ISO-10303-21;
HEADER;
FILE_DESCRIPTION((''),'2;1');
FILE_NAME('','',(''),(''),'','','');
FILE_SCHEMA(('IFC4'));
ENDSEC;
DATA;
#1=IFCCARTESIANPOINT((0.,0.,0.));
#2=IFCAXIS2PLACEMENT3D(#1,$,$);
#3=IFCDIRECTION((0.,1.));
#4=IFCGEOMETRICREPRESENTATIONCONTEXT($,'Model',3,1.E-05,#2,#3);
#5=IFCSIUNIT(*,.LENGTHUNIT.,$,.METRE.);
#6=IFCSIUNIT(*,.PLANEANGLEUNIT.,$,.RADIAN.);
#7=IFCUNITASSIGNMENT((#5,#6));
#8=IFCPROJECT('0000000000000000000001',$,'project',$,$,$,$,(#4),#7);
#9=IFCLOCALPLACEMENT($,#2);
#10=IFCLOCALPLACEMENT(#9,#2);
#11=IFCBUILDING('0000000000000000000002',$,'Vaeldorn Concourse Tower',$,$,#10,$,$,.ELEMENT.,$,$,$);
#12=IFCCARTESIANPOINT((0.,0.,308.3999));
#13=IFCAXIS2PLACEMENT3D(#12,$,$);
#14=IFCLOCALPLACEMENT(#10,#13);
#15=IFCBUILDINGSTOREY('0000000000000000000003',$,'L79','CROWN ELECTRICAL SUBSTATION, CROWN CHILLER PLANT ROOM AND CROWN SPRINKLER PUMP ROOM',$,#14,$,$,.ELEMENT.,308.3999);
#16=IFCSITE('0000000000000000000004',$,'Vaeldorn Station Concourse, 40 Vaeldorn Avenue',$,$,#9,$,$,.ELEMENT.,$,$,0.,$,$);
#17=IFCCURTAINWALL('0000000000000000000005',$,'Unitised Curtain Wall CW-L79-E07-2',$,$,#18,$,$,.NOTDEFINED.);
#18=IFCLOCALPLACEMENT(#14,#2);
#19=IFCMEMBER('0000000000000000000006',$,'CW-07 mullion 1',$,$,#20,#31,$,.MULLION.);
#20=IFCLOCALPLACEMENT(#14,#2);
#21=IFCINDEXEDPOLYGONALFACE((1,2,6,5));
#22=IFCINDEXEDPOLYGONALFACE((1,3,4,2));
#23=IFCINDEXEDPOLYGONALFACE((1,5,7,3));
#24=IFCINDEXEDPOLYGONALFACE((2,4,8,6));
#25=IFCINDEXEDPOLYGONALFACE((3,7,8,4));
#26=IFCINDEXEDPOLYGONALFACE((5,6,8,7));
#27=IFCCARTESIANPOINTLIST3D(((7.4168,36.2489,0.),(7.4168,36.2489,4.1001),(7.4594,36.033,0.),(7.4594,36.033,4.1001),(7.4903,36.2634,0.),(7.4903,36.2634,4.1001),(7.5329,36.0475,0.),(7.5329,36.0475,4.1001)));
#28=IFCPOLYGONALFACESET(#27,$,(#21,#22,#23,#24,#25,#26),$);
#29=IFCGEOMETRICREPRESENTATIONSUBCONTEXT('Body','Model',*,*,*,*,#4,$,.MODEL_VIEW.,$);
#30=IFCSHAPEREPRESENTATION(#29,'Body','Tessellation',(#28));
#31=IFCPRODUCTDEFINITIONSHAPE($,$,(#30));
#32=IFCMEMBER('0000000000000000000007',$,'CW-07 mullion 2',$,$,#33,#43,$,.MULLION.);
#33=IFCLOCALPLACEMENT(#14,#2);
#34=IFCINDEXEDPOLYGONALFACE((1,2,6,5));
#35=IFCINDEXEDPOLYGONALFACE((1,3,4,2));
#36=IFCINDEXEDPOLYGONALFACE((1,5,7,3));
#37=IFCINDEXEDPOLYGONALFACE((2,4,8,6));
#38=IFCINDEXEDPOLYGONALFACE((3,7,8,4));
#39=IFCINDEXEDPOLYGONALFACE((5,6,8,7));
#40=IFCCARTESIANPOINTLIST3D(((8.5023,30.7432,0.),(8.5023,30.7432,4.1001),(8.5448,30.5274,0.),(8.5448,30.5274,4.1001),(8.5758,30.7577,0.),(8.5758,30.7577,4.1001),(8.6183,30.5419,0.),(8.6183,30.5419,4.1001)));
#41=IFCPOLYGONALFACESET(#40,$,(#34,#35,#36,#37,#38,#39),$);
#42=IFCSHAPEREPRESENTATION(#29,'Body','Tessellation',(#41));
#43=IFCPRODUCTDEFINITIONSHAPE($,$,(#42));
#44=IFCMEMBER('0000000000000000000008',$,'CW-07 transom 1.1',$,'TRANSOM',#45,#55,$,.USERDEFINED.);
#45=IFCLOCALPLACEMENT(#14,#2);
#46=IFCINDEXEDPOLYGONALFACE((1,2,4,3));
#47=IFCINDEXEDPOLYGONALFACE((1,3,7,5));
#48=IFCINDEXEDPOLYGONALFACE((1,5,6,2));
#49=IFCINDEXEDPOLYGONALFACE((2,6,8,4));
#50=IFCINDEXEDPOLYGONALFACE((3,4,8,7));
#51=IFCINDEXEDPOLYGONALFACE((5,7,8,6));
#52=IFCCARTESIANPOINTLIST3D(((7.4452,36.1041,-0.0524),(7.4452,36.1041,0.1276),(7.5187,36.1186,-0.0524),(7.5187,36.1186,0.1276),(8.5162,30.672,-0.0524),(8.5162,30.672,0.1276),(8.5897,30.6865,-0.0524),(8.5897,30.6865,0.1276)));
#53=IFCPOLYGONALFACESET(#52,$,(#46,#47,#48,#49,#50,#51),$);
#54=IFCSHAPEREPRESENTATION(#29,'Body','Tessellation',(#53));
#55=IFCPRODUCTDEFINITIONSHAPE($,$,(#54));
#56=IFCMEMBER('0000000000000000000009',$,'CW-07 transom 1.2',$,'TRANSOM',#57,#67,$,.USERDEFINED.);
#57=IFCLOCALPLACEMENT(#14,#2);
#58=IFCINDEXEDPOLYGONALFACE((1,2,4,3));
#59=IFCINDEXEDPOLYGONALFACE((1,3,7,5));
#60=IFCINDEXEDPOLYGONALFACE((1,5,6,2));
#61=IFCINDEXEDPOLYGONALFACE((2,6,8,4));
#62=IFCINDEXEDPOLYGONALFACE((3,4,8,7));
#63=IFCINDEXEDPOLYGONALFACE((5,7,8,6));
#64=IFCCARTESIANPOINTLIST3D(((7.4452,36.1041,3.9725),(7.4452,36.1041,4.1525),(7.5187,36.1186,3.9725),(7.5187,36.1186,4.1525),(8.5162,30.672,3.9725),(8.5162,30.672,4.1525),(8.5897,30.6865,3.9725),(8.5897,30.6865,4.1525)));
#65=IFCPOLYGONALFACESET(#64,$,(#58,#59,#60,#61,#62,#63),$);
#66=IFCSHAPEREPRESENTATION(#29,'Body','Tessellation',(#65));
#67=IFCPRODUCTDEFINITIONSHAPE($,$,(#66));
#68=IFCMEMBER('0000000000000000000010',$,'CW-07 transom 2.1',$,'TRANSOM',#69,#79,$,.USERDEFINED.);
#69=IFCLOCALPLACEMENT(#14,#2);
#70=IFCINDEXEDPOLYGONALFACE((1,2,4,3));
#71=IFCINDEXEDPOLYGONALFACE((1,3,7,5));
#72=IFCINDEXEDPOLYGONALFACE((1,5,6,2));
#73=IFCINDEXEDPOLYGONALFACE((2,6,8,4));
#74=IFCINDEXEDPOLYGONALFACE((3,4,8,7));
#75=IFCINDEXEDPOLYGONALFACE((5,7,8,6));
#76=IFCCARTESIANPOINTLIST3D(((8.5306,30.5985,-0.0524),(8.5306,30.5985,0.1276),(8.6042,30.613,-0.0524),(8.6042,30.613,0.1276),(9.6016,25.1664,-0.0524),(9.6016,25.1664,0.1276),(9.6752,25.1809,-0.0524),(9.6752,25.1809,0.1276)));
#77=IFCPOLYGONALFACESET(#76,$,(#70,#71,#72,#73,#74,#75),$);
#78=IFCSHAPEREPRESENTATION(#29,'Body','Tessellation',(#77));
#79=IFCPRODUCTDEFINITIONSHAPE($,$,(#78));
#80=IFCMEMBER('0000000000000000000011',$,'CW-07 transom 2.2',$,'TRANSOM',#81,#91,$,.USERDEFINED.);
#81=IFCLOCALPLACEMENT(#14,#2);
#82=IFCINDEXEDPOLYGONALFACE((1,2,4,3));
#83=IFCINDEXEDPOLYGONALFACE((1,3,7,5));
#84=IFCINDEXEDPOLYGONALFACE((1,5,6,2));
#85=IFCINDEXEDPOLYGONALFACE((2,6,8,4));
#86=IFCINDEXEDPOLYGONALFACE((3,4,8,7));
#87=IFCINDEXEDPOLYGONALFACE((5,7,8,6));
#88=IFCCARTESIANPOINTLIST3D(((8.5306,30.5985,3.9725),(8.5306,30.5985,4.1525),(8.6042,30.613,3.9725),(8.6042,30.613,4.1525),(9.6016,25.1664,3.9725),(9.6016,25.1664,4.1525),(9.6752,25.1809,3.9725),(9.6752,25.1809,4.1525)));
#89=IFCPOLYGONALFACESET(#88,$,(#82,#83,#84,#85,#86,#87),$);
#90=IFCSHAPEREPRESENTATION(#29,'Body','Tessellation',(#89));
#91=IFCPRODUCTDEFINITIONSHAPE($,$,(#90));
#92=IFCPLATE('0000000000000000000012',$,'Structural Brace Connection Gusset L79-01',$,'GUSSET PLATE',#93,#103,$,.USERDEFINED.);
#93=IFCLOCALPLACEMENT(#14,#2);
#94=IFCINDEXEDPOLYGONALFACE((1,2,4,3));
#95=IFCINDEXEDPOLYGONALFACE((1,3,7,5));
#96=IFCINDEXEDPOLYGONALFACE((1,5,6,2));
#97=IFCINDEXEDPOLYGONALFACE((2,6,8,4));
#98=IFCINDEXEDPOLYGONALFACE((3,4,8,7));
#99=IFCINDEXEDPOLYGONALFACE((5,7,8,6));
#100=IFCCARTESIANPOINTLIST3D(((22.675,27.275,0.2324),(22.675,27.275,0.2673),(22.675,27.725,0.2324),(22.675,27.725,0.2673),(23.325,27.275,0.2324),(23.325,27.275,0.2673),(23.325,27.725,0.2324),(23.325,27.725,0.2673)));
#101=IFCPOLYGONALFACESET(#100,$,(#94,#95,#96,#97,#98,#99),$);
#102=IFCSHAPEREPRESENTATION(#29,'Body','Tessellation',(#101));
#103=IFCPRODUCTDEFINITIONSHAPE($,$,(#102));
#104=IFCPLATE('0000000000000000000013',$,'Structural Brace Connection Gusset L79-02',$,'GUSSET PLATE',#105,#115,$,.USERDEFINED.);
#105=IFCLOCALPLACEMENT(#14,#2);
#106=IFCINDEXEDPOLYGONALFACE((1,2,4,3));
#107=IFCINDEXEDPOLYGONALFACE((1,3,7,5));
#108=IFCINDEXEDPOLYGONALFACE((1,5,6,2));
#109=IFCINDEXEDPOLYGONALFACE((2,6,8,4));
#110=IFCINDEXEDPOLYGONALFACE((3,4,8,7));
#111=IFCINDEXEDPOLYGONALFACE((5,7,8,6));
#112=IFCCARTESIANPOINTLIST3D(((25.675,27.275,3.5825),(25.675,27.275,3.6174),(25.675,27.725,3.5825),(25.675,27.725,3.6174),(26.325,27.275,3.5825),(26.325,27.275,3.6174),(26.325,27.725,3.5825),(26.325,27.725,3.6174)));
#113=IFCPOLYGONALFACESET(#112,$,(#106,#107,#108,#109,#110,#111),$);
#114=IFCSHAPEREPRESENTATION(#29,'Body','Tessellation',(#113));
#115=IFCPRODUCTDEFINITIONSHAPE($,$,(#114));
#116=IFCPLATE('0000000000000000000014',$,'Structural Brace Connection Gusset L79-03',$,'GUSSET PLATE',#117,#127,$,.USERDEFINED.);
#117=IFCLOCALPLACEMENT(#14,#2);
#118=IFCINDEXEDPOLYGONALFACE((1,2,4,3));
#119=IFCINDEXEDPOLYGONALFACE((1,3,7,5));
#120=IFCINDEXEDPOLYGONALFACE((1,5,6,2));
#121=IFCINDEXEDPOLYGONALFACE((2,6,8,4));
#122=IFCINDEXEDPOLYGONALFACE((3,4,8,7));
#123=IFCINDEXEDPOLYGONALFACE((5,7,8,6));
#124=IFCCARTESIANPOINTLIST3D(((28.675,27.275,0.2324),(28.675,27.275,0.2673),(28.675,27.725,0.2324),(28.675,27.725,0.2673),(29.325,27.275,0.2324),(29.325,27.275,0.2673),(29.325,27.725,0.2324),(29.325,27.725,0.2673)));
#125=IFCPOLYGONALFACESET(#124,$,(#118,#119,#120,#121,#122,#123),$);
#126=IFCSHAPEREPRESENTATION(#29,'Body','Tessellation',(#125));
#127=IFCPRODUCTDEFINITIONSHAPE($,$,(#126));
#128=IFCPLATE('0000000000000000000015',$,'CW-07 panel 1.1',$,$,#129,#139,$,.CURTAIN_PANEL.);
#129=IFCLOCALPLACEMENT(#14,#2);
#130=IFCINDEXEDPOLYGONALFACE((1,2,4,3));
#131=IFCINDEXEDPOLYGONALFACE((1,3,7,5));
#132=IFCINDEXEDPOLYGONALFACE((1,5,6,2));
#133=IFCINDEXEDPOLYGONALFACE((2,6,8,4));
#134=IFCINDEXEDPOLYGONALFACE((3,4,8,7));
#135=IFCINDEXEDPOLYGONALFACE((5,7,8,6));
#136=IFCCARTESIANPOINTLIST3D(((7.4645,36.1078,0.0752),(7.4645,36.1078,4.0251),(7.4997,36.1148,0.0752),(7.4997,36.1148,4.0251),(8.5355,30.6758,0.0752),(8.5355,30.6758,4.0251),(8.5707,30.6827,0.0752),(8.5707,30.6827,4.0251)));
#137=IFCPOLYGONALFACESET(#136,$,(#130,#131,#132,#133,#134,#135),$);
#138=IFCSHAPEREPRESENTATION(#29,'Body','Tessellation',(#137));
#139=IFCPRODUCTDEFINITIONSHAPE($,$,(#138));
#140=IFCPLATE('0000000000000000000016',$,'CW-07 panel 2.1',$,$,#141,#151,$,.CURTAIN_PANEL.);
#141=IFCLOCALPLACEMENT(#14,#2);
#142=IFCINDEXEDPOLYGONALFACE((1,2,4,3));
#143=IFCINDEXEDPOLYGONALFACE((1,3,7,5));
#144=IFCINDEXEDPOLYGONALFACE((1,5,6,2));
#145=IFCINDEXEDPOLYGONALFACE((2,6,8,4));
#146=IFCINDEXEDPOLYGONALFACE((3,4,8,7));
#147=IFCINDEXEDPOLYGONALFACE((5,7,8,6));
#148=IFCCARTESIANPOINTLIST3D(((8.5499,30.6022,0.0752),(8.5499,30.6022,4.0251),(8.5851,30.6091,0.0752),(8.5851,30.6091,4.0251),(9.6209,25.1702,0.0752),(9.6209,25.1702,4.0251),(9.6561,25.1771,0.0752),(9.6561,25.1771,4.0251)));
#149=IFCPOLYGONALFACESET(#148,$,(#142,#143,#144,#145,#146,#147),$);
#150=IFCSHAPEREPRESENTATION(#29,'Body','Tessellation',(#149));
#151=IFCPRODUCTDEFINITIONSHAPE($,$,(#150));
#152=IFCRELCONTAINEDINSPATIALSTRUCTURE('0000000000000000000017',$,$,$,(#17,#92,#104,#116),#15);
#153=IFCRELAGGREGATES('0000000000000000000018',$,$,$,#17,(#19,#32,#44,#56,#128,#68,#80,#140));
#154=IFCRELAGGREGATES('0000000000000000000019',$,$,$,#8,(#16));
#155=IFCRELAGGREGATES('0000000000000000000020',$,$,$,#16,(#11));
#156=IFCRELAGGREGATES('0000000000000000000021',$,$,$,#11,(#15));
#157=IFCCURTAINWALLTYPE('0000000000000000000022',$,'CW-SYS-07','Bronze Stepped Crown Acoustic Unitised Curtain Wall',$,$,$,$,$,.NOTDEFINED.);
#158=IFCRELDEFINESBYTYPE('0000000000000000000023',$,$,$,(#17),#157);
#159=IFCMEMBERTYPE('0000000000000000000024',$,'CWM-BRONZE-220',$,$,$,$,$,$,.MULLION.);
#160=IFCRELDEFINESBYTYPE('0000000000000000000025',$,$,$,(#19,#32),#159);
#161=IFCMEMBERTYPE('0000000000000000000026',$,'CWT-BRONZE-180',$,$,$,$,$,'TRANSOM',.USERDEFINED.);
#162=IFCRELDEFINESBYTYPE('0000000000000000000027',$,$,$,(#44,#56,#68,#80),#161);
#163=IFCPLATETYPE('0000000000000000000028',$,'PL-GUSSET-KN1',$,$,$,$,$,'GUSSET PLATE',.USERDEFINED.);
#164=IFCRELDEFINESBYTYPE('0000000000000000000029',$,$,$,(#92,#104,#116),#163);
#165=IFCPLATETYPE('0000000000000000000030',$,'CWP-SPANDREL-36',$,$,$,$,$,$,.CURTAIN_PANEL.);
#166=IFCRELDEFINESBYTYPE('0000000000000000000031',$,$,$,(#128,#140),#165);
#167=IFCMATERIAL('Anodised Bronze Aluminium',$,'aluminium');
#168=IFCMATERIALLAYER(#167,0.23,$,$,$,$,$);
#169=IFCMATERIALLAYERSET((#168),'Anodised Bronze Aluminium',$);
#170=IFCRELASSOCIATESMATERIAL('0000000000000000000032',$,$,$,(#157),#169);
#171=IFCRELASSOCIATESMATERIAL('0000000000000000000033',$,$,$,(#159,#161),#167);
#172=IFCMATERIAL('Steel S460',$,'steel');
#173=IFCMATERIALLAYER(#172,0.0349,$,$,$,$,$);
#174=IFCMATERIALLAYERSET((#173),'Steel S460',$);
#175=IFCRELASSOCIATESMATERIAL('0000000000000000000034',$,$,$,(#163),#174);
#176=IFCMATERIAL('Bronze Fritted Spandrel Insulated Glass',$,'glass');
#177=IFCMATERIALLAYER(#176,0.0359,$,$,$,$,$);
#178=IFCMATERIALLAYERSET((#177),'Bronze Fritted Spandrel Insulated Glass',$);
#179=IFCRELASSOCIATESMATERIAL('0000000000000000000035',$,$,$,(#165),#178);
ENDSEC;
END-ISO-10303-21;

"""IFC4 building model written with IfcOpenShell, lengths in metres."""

from ifc_helpers import new_model, si_unit, direction, frame, origin, origin_2d, place, context, subcontext, project, spatial, rectangle, extrude, source, transform, mapped, material, layer, layer_set, material_profile, profile_set, type_object, element, aggregate, save


model = new_model("IFC4")

# Units and contexts
model_context = context("Model", 3, precision=1e-05, world=origin(), true_north=direction((0.0, 1.0)))
body_context = subcontext(model_context, "Body", "Model", "MODEL_VIEW")
ifc_project = project(units=[si_unit("LENGTHUNIT", "METRE"), si_unit("PLANEANGLEUNIT", "RADIAN")], contexts=[model_context])

# Site, building, storey
site_placement = place(None, origin())
site = spatial("IfcSite", under=ifc_project, at=site_placement, Name="Vaeldorn Station Concourse, 40 Vaeldorn Avenue", CompositionType="ELEMENT", RefElevation=0.0)
building_placement = place(site_placement, origin())
building = spatial("IfcBuilding", under=site, at=building_placement, Name="Vaeldorn Concourse Tower", CompositionType="ELEMENT")
storey_placement = place(building_placement, frame((0.0, 0.0, 308.3999)))
storey = spatial("IfcBuildingStorey", under=building, at=storey_placement, Name="L79", Description="CROWN ELECTRICAL SUBSTATION, CROWN CHILLER PLANT ROOM AND CROWN SPRINKLER PUMP ROOM", CompositionType="ELEMENT", Elevation=308.3999)

# Shared definitions
ifc_material_1 = material(Name="Steel S460", Category="steel")

# Curtain wall, members
ifc_material_2 = material(Name="Anodised Bronze Aluminium", Category="aluminium")
ifc_layer_1 = layer(ifc_material_2, 0.23)
ifc_layer_set_1 = layer_set([ifc_layer_1], Name="Anodised Bronze Aluminium")
curtain_wall_type = type_object("IfcCurtainWallType", Name="CW-SYS-07", Description="Bronze Stepped Crown Acoustic Unitised Curtain Wall", PredefinedType="NOTDEFINED", material=ifc_layer_set_1)
curtain_wall_placement = place(storey_placement, origin())
curtain_wall = element("IfcCurtainWall", 1, at=curtain_wall_placement, inside=storey, type_object=curtain_wall_type, Name="Unitised Curtain Wall CW-L79-E07-2", PredefinedType="NOTDEFINED")
ifc_material_profile_1 = material_profile(ifc_material_2, rectangle(XDim=0.075, YDim=0.22, at=origin_2d()), Name="CWM 75x220")
ifc_profile_set_1 = profile_set([ifc_material_profile_1], Name="Anodised Bronze Aluminium")
member_type_1 = type_object("IfcMemberType", Name="CWM-BRONZE-220", PredefinedType="MULLION", material=ifc_profile_set_1)
shared_shape_1 = source(origin(), body_context, "Body", "SweptSolid", [
    extrude(rectangle(XDim=0.075, YDim=0.22, at=origin_2d()), origin(), (0.0, 0.0, 1.0), 4.1001),
])
member_1_placement = place(storey_placement, frame((7.4749, 36.1482, 0.0), z_axis=(0.0, 0.0, 1.0), x_axis=(0.981113, 0.193435, 0.0)))
member_1 = element("IfcMember", 2, at=member_1_placement, type_object=member_type_1, Name="CW-07 mullion 1", PredefinedType="MULLION", context=body_context, shape_type="MappedRepresentation", body=[
    mapped(shared_shape_1, transform((0.0, 0.0, 0.0), scale=1.0)),
])
member_2_placement = place(storey_placement, frame((8.5603, 30.6426, 0.0), z_axis=(0.0, 0.0, 1.0), x_axis=(0.981113, 0.193435, 0.0)))
member_2 = element("IfcMember", 3, at=member_2_placement, type_object=member_type_1, Name="CW-07 mullion 2", PredefinedType="MULLION", context=body_context, shape_type="MappedRepresentation", body=[
    mapped(shared_shape_1, transform((0.0, 0.0, 0.0), scale=1.0)),
])
ifc_material_profile_2 = material_profile(ifc_material_2, rectangle(XDim=0.075, YDim=0.1799, at=origin_2d()), Name="CWT 75x180")
ifc_profile_set_2 = profile_set([ifc_material_profile_2], Name="Anodised Bronze Aluminium")
member_type_2 = type_object("IfcMemberType", Name="CWT-BRONZE-180", ElementType="TRANSOM", PredefinedType="USERDEFINED", material=ifc_profile_set_2)
shared_shape_2 = source(origin(), body_context, "Body", "SweptSolid", [
    extrude(rectangle(XDim=0.075, YDim=0.1799, at=origin_2d()), origin(), (0.0, 0.0, 1.0), 5.5366),
])
member_3_placement = place(storey_placement, frame((7.4819, 36.1113, 0.0376), z_axis=(0.193444, -0.981111, 0.0), x_axis=(0.981111, 0.193444, 0.0)))
member_3 = element("IfcMember", 4, at=member_3_placement, type_object=member_type_2, Name="CW-07 transom 1.1", ObjectType="TRANSOM", PredefinedType="USERDEFINED", context=body_context, shape_type="MappedRepresentation", body=[
    mapped(shared_shape_2, transform((0.0, 0.0, 0.0), scale=1.0)),
])
member_4_placement = place(storey_placement, frame((7.4819, 36.1113, 4.0625), z_axis=(0.193444, -0.981111, 0.0), x_axis=(0.981111, 0.193444, 0.0)))
member_4 = element("IfcMember", 5, at=member_4_placement, type_object=member_type_2, Name="CW-07 transom 1.2", ObjectType="TRANSOM", PredefinedType="USERDEFINED", context=body_context, shape_type="MappedRepresentation", body=[
    mapped(shared_shape_2, transform((0.0, 0.0, 0.0), scale=1.0)),
])
member_5_placement = place(storey_placement, frame((8.5674, 30.6057, 0.0376), z_axis=(0.193444, -0.981111, 0.0), x_axis=(0.981111, 0.193444, 0.0)))
member_5 = element("IfcMember", 6, at=member_5_placement, type_object=member_type_2, Name="CW-07 transom 2.1", ObjectType="TRANSOM", PredefinedType="USERDEFINED", context=body_context, shape_type="MappedRepresentation", body=[
    mapped(shared_shape_2, transform((0.0, 0.0, 0.0), scale=1.0)),
])
member_6_placement = place(storey_placement, frame((8.5674, 30.6057, 4.0625), z_axis=(0.193444, -0.981111, 0.0), x_axis=(0.981111, 0.193444, 0.0)))
member_6 = element("IfcMember", 7, at=member_6_placement, type_object=member_type_2, Name="CW-07 transom 2.2", ObjectType="TRANSOM", PredefinedType="USERDEFINED", context=body_context, shape_type="MappedRepresentation", body=[
    mapped(shared_shape_2, transform((0.0, 0.0, 0.0), scale=1.0)),
])

# Plates
ifc_layer_2 = layer(ifc_material_1, 0.0349)
ifc_layer_set_2 = layer_set([ifc_layer_2], Name="Steel S460")
plate_type_1 = type_object("IfcPlateType", Name="PL-GUSSET-KN1", ElementType="GUSSET PLATE", PredefinedType="USERDEFINED", material=ifc_layer_set_2)
shared_shape_3 = source(origin(), body_context, "Body", "SweptSolid", [
    extrude(rectangle(XDim=0.6499, YDim=0.45, at=origin_2d()), origin(), (0.0, 0.0, 1.0), 0.0349),
])
for number, where, z_axis, x_axis, name in (
    (8, (23.0, 27.5, 0.2324), (0.0, 0.0, 1.0), (1.0, 0.0, 0.0), "Structural Brace Connection Gusset L79-01"),
    (9, (26.0, 27.5, 3.5825), (0.0, 0.0, 1.0), (1.0, 0.0, 0.0), "Structural Brace Connection Gusset L79-02"),
    (10, (29.0, 27.5, 0.2324), (0.0, 0.0, 1.0), (1.0, 0.0, 0.0), "Structural Brace Connection Gusset L79-03"),
):
    element("IfcPlate", number, at=place(storey_placement, frame(where, z_axis=z_axis, x_axis=x_axis)), inside=storey, type_object=plate_type_1, Name=name, ObjectType="GUSSET PLATE", PredefinedType="USERDEFINED", context=body_context, shape_type="MappedRepresentation", body=[
        mapped(shared_shape_3, transform((0.0, 0.0, 0.0), scale=1.0)),
    ])

# Plates
ifc_material_3 = material(Name="Bronze Fritted Spandrel Insulated Glass", Category="glass")
ifc_layer_3 = layer(ifc_material_3, 0.0359)
ifc_layer_set_3 = layer_set([ifc_layer_3], Name="Bronze Fritted Spandrel Insulated Glass")
plate_type_2 = type_object("IfcPlateType", Name="CWP-SPANDREL-36", PredefinedType="CURTAIN_PANEL", material=ifc_layer_set_3)
shared_shape_4 = source(origin(), body_context, "Body", "SweptSolid", [
    extrude(rectangle(XDim=5.5366, YDim=0.0359, at=origin_2d()), origin(), (0.0, 0.0, 1.0), 3.95),
])
plate_1_placement = place(storey_placement, frame((8.0176, 33.3953, 0.0752), z_axis=(0.0, 0.0, 1.0), x_axis=(0.193435, -0.981113, 0.0)))
plate_1 = element("IfcPlate", 11, at=plate_1_placement, type_object=plate_type_2, Name="CW-07 panel 1.1", PredefinedType="CURTAIN_PANEL", context=body_context, shape_type="MappedRepresentation", body=[
    mapped(shared_shape_4, transform((0.0, 0.0, 0.0), scale=1.0)),
])
plate_2_placement = place(storey_placement, frame((9.103, 27.8896, 0.0752), z_axis=(0.0, 0.0, 1.0), x_axis=(0.193435, -0.981113, 0.0)))
plate_2 = element("IfcPlate", 12, at=plate_2_placement, type_object=plate_type_2, Name="CW-07 panel 2.1", PredefinedType="CURTAIN_PANEL", context=body_context, shape_type="MappedRepresentation", body=[
    mapped(shared_shape_4, transform((0.0, 0.0, 0.0), scale=1.0)),
])
aggregate(curtain_wall, [member_1, member_2, member_3, member_4, plate_1, member_5, member_6, plate_2])

save(model, "model.ifc")
